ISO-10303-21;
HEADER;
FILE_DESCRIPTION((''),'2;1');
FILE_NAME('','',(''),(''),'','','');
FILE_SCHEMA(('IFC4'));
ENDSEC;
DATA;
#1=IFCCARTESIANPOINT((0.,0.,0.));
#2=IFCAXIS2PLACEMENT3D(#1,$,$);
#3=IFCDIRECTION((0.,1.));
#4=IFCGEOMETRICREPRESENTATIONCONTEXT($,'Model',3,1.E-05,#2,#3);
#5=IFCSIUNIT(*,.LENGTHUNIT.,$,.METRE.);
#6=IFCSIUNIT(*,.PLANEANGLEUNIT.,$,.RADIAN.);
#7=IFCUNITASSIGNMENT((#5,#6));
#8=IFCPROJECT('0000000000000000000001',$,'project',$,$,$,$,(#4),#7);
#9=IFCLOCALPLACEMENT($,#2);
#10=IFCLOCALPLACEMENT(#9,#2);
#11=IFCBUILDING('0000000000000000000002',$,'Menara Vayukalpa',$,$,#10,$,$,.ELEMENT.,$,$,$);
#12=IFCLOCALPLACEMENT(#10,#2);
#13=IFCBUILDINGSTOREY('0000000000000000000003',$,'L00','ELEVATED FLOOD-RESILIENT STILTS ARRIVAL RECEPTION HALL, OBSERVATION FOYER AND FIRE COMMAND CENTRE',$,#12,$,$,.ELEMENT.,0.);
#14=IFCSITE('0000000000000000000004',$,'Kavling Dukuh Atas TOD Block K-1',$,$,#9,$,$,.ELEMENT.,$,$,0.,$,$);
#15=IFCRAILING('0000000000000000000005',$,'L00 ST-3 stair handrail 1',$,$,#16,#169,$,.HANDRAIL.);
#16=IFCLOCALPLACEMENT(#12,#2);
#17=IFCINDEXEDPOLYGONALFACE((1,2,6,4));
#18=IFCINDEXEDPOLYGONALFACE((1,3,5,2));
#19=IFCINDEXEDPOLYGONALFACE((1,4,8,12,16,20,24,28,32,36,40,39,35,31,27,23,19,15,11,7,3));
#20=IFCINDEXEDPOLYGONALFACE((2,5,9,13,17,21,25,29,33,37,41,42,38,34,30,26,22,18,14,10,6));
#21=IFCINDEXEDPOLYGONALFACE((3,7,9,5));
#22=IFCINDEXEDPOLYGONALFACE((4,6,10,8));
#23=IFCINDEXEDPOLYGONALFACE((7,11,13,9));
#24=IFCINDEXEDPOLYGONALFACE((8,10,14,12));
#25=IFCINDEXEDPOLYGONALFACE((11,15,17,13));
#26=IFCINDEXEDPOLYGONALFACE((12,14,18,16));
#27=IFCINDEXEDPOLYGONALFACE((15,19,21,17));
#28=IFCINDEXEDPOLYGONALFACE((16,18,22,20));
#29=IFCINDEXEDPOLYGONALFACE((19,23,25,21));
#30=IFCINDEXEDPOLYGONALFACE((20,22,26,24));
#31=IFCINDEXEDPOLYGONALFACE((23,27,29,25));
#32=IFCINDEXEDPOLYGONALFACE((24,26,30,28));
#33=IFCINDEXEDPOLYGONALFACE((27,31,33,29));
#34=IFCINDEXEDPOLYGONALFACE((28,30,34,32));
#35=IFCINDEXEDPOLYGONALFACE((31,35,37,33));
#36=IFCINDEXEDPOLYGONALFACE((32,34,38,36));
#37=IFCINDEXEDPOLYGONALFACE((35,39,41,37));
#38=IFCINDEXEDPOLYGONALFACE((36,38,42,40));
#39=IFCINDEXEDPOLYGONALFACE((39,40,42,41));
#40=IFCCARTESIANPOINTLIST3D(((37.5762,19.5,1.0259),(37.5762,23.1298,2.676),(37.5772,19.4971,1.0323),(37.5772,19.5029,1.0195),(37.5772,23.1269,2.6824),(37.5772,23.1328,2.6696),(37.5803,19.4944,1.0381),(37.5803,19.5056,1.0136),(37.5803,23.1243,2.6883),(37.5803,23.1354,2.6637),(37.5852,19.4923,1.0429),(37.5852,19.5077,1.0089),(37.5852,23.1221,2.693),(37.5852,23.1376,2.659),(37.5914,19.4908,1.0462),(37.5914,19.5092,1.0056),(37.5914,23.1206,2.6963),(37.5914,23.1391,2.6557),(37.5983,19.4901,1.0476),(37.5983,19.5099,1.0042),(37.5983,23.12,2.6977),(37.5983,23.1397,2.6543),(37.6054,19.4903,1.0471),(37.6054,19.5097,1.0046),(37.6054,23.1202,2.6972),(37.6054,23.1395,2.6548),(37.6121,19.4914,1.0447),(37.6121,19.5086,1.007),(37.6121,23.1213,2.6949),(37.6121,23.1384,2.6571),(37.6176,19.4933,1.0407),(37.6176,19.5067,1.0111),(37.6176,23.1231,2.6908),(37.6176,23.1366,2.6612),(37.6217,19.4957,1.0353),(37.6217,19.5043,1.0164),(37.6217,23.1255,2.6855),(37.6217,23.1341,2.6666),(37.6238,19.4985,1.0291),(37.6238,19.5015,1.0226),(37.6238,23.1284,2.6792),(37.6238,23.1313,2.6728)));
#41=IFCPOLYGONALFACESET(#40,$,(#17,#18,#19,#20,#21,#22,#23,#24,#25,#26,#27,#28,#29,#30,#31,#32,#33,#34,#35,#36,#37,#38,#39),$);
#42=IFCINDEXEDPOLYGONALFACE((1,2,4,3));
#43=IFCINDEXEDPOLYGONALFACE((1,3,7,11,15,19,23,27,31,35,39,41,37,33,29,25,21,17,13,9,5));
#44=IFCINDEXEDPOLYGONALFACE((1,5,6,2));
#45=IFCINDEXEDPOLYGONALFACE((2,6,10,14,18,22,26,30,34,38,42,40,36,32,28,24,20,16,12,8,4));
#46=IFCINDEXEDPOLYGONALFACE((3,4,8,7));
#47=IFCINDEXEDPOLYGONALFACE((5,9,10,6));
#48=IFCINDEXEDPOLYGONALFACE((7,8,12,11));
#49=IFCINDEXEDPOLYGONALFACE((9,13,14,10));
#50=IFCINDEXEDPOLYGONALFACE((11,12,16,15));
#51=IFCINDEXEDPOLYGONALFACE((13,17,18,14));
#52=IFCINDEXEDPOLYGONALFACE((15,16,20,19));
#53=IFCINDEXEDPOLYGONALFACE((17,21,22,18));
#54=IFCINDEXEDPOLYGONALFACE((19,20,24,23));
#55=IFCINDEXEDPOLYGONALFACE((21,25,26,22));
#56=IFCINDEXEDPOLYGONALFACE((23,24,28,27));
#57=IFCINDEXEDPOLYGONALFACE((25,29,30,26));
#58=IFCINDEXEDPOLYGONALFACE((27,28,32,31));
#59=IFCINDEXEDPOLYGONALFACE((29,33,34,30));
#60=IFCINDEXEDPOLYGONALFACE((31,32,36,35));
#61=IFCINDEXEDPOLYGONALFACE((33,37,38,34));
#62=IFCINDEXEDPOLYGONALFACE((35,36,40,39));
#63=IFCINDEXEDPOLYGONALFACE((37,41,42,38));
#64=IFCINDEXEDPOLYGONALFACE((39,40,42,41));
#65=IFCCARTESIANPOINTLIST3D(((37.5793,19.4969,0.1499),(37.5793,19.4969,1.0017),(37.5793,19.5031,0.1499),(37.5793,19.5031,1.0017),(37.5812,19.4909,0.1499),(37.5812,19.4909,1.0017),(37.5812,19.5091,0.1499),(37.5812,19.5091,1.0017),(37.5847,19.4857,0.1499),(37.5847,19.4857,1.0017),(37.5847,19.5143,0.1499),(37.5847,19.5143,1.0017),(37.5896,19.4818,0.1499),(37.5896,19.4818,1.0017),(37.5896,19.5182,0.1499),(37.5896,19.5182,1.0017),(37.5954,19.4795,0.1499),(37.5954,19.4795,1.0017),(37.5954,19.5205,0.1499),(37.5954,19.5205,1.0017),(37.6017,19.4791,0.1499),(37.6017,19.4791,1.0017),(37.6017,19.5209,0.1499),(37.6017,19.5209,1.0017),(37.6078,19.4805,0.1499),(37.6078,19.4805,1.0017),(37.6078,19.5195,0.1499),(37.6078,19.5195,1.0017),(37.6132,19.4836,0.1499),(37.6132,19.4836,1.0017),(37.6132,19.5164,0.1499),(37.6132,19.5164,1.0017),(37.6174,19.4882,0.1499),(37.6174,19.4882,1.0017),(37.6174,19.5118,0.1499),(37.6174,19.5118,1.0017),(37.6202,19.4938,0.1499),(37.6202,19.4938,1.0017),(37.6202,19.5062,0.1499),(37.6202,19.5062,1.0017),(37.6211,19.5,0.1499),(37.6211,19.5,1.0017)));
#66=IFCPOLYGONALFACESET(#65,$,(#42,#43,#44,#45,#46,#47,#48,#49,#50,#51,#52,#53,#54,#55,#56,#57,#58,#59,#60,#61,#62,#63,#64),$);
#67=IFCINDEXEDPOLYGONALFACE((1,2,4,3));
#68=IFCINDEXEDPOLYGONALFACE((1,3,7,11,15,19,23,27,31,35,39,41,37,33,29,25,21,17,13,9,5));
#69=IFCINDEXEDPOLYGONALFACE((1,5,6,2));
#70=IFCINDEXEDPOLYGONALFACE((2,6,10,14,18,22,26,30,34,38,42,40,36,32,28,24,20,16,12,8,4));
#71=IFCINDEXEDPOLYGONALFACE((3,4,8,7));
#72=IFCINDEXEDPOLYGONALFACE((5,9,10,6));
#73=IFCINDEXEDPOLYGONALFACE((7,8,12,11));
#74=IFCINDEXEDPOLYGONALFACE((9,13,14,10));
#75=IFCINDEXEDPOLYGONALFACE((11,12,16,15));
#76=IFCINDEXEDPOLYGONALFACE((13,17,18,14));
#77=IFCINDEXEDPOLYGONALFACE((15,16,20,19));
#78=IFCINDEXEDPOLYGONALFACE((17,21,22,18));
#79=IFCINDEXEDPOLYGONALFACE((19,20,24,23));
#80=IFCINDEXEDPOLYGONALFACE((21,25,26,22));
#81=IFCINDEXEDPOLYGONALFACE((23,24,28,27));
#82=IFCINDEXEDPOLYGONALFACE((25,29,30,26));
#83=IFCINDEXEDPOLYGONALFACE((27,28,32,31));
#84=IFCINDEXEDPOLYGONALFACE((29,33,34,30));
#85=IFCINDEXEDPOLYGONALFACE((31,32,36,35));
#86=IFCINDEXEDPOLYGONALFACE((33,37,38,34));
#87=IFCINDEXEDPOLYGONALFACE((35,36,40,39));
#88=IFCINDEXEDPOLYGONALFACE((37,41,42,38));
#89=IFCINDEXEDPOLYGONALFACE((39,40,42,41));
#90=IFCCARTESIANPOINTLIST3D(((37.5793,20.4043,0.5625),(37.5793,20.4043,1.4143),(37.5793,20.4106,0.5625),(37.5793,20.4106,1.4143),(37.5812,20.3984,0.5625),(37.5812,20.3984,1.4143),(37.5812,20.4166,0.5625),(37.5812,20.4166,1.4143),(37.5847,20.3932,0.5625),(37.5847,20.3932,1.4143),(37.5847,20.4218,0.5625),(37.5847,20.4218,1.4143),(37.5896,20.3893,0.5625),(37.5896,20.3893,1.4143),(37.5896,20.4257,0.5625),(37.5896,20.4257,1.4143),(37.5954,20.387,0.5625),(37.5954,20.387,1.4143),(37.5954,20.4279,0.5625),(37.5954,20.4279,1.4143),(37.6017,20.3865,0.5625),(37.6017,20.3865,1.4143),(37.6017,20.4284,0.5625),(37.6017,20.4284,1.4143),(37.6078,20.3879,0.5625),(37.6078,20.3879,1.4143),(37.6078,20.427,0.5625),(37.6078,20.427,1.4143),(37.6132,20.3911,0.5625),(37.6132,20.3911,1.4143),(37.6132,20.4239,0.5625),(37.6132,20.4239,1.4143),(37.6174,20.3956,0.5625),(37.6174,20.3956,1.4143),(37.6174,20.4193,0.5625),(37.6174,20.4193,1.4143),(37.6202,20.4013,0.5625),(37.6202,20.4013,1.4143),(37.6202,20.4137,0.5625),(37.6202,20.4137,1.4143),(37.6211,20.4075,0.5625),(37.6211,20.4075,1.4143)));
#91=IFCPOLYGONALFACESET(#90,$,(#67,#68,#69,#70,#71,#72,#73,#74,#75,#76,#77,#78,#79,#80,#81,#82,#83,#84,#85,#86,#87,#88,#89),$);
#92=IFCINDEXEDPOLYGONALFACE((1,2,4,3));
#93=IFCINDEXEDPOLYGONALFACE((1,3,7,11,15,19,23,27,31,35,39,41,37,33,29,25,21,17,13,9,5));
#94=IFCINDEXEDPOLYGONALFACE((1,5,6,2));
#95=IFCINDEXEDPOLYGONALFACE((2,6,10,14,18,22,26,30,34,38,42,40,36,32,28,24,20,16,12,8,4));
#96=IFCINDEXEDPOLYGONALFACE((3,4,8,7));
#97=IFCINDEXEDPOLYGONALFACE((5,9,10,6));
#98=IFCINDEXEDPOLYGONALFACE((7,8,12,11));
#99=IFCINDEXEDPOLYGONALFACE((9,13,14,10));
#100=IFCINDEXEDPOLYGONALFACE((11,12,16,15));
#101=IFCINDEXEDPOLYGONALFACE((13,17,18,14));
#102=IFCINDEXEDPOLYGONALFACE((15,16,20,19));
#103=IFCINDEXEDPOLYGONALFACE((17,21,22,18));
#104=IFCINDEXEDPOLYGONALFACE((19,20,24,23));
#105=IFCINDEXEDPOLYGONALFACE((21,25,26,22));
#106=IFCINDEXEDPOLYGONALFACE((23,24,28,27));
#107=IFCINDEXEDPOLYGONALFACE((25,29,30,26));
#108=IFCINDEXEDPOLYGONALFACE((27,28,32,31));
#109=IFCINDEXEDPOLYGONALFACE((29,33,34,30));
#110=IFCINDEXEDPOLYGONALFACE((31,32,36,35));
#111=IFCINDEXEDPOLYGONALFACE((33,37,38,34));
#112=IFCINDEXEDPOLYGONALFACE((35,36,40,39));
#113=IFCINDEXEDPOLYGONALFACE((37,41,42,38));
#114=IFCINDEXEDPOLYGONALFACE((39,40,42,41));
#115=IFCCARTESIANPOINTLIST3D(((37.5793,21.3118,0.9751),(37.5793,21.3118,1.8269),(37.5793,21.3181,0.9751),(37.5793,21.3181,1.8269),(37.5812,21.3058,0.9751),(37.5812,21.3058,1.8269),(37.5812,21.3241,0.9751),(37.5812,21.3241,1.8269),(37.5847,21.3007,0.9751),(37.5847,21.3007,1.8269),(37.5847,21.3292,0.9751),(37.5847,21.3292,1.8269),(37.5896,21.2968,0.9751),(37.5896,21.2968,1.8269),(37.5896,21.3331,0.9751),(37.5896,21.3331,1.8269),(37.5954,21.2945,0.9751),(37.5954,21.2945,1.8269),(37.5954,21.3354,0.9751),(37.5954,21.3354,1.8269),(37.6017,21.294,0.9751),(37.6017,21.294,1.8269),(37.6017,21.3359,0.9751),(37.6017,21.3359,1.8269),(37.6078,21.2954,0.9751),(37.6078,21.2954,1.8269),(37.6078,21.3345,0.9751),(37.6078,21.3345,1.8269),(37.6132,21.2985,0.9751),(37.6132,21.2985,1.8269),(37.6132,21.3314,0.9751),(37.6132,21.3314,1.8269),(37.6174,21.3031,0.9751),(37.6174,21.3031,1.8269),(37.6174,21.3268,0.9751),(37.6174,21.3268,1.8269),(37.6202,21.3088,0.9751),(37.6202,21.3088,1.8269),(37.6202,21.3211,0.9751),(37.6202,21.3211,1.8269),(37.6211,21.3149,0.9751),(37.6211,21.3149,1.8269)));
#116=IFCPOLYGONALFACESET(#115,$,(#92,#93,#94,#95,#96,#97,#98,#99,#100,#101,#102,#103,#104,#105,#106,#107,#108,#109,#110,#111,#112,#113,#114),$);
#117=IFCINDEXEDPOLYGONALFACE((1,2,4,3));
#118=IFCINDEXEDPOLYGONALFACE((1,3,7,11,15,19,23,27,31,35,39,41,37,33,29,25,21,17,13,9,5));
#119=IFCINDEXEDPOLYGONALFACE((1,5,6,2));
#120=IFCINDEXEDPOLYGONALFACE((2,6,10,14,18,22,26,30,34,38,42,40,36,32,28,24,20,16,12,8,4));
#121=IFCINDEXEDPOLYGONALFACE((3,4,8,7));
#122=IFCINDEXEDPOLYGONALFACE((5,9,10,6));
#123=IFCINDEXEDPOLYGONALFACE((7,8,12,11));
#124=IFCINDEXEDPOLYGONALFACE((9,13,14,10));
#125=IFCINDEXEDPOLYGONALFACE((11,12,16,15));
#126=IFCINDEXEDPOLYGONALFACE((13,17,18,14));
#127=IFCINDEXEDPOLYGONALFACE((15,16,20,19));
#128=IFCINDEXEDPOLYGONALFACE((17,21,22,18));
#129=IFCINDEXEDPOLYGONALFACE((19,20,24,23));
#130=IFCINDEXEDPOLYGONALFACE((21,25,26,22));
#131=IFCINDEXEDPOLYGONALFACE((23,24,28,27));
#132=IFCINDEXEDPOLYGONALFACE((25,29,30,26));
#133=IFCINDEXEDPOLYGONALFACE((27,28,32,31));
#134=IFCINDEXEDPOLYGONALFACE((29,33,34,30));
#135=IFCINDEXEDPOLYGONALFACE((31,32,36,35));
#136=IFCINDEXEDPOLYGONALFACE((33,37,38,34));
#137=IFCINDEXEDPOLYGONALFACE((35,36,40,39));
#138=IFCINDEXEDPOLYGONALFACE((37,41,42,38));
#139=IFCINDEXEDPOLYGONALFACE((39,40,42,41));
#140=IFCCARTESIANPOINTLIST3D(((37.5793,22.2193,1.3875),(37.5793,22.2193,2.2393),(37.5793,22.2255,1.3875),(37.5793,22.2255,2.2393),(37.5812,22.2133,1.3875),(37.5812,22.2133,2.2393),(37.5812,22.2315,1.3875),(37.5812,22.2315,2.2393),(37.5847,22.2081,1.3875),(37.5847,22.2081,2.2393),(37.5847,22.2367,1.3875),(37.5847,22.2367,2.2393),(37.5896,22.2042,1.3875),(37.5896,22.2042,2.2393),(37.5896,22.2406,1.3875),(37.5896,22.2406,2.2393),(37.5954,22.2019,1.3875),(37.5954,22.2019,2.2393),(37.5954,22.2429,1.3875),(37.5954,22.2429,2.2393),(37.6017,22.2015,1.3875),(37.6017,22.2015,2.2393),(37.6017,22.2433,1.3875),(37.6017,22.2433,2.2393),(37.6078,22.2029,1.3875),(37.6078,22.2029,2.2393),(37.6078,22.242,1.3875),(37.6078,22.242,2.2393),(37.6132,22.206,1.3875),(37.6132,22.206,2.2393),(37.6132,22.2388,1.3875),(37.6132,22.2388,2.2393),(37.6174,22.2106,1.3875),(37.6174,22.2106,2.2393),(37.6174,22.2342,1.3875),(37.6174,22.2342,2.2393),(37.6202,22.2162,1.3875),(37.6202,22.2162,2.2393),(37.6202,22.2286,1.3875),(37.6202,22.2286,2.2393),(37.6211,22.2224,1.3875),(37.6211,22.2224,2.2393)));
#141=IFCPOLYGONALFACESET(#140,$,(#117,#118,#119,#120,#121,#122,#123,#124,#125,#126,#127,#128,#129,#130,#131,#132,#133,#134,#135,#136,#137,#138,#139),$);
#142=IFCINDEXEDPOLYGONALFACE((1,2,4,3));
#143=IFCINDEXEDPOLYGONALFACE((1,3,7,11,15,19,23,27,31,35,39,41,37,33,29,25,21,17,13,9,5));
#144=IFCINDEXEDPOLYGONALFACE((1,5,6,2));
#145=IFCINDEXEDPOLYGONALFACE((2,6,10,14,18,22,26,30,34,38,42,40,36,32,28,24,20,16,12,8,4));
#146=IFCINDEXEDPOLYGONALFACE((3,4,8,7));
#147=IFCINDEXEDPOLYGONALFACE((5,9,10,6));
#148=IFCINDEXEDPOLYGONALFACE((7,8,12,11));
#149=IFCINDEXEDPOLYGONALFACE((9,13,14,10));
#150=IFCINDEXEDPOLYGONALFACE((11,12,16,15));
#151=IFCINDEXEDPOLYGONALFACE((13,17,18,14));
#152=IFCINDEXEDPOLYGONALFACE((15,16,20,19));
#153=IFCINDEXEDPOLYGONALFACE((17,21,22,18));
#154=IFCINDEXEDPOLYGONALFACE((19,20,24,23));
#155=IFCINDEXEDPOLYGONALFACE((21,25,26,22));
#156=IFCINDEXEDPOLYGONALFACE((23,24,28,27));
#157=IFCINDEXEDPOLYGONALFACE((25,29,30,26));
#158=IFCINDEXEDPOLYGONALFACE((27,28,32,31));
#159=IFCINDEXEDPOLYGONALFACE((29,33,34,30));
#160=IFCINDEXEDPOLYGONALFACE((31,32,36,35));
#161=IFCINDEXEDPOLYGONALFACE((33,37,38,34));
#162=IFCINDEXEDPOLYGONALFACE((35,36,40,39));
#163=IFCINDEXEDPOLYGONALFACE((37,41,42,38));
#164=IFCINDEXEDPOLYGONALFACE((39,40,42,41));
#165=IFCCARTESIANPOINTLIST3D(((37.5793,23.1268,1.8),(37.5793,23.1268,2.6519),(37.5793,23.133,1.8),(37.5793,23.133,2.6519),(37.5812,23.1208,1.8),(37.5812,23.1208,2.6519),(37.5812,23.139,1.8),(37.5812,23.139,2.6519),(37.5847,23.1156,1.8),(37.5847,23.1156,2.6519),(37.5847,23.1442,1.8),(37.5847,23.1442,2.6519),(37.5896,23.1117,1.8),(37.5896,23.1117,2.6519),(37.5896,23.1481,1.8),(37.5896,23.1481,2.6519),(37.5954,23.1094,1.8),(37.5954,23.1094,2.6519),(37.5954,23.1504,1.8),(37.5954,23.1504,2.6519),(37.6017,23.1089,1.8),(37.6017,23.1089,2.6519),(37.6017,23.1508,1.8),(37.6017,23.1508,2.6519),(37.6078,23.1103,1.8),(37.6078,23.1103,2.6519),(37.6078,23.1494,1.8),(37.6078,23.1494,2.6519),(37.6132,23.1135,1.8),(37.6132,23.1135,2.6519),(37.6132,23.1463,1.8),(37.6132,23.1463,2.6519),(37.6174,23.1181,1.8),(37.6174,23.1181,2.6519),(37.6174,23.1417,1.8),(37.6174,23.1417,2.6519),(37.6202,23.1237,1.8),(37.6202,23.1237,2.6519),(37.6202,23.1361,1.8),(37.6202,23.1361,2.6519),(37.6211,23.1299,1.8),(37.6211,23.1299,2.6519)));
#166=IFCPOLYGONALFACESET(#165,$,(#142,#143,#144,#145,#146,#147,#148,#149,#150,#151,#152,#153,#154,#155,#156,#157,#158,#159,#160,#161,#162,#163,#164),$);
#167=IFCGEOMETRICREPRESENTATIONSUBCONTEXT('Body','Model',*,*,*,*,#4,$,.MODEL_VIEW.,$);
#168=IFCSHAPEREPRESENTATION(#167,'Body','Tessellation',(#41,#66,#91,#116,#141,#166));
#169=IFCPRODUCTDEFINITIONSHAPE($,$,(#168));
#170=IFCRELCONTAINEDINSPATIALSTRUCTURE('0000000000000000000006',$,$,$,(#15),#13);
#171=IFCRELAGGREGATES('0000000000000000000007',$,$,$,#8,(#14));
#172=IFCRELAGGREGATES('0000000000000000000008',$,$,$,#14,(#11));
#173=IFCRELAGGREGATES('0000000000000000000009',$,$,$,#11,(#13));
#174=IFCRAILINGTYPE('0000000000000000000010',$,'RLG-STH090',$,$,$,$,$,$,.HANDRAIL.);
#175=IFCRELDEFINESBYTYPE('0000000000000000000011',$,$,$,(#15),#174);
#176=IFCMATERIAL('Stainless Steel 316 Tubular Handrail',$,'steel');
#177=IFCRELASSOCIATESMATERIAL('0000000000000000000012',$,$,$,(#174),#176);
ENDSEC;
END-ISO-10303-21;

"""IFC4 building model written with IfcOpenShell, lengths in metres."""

from ifc_helpers import new_model, si_unit, direction, frame, origin, origin_2d, place, context, subcontext, project, spatial, circle, extrude, material, type_object, element, save


model = new_model("IFC4")

# Units and contexts
model_context = context("Model", 3, precision=1e-05, world=origin(), true_north=direction((0.0, 1.0)))
body_context = subcontext(model_context, "Body", "Model", "MODEL_VIEW")
ifc_project = project(units=[si_unit("LENGTHUNIT", "METRE"), si_unit("PLANEANGLEUNIT", "RADIAN")], contexts=[model_context])

# Site, building, storey
site_placement = place(None, origin())
site = spatial("IfcSite", under=ifc_project, at=site_placement, Name="Kavling Dukuh Atas TOD Block K-1", CompositionType="ELEMENT", RefElevation=0.0)
building_placement = place(site_placement, origin())
building = spatial("IfcBuilding", under=site, at=building_placement, Name="Menara Vayukalpa", CompositionType="ELEMENT")
storey_placement = place(building_placement, origin())
storey = spatial("IfcBuildingStorey", under=building, at=storey_placement, Name="L00", Description="ELEVATED FLOOD-RESILIENT STILTS ARRIVAL RECEPTION HALL, OBSERVATION FOYER AND FIRE COMMAND CENTRE", CompositionType="ELEMENT", Elevation=0.0)

# Railing
ifc_material_1 = material(Name="Stainless Steel 316 Tubular Handrail", Category="steel")
railing_type_1 = type_object("IfcRailingType", Name="RLG-STH090", PredefinedType="HANDRAIL", material=ifc_material_1)
railing_1_placement = place(storey_placement, frame((37.6001, 19.5, 0.1499)))
element("IfcRailing", 1, at=railing_1_placement, inside=storey, type_object=railing_type_1, Name="L00 ST-3 stair handrail 1", PredefinedType="HANDRAIL", context=body_context, shape_type="SweptSolid", body=[
    extrude(circle(Radius=0.0239, at=origin_2d()), frame((0.0, 0.0, 0.876), z_axis=(0.0, 0.910348, 0.413844), x_axis=(-1.0, 0.0, 0.0)), (0.0, 0.0, 1.0), 3.9873),
    extrude(circle(Radius=0.021, at=origin_2d()), origin(), (0.0, 0.0, 1.0), 0.8518),
    extrude(circle(Radius=0.021, at=origin_2d()), frame((0.0, 0.9075, 0.4126)), (0.0, 0.0, 1.0), 0.8518),
    extrude(circle(Radius=0.021, at=origin_2d()), frame((0.0, 1.8149, 0.8252)), (0.0, 0.0, 1.0), 0.8518),
    extrude(circle(Radius=0.021, at=origin_2d()), frame((0.0, 2.7224, 1.2375)), (0.0, 0.0, 1.0), 0.8518),
    extrude(circle(Radius=0.021, at=origin_2d()), frame((0.0, 3.6299, 1.6501)), (0.0, 0.0, 1.0), 0.8518),
])

save(model, "model.ifc")
